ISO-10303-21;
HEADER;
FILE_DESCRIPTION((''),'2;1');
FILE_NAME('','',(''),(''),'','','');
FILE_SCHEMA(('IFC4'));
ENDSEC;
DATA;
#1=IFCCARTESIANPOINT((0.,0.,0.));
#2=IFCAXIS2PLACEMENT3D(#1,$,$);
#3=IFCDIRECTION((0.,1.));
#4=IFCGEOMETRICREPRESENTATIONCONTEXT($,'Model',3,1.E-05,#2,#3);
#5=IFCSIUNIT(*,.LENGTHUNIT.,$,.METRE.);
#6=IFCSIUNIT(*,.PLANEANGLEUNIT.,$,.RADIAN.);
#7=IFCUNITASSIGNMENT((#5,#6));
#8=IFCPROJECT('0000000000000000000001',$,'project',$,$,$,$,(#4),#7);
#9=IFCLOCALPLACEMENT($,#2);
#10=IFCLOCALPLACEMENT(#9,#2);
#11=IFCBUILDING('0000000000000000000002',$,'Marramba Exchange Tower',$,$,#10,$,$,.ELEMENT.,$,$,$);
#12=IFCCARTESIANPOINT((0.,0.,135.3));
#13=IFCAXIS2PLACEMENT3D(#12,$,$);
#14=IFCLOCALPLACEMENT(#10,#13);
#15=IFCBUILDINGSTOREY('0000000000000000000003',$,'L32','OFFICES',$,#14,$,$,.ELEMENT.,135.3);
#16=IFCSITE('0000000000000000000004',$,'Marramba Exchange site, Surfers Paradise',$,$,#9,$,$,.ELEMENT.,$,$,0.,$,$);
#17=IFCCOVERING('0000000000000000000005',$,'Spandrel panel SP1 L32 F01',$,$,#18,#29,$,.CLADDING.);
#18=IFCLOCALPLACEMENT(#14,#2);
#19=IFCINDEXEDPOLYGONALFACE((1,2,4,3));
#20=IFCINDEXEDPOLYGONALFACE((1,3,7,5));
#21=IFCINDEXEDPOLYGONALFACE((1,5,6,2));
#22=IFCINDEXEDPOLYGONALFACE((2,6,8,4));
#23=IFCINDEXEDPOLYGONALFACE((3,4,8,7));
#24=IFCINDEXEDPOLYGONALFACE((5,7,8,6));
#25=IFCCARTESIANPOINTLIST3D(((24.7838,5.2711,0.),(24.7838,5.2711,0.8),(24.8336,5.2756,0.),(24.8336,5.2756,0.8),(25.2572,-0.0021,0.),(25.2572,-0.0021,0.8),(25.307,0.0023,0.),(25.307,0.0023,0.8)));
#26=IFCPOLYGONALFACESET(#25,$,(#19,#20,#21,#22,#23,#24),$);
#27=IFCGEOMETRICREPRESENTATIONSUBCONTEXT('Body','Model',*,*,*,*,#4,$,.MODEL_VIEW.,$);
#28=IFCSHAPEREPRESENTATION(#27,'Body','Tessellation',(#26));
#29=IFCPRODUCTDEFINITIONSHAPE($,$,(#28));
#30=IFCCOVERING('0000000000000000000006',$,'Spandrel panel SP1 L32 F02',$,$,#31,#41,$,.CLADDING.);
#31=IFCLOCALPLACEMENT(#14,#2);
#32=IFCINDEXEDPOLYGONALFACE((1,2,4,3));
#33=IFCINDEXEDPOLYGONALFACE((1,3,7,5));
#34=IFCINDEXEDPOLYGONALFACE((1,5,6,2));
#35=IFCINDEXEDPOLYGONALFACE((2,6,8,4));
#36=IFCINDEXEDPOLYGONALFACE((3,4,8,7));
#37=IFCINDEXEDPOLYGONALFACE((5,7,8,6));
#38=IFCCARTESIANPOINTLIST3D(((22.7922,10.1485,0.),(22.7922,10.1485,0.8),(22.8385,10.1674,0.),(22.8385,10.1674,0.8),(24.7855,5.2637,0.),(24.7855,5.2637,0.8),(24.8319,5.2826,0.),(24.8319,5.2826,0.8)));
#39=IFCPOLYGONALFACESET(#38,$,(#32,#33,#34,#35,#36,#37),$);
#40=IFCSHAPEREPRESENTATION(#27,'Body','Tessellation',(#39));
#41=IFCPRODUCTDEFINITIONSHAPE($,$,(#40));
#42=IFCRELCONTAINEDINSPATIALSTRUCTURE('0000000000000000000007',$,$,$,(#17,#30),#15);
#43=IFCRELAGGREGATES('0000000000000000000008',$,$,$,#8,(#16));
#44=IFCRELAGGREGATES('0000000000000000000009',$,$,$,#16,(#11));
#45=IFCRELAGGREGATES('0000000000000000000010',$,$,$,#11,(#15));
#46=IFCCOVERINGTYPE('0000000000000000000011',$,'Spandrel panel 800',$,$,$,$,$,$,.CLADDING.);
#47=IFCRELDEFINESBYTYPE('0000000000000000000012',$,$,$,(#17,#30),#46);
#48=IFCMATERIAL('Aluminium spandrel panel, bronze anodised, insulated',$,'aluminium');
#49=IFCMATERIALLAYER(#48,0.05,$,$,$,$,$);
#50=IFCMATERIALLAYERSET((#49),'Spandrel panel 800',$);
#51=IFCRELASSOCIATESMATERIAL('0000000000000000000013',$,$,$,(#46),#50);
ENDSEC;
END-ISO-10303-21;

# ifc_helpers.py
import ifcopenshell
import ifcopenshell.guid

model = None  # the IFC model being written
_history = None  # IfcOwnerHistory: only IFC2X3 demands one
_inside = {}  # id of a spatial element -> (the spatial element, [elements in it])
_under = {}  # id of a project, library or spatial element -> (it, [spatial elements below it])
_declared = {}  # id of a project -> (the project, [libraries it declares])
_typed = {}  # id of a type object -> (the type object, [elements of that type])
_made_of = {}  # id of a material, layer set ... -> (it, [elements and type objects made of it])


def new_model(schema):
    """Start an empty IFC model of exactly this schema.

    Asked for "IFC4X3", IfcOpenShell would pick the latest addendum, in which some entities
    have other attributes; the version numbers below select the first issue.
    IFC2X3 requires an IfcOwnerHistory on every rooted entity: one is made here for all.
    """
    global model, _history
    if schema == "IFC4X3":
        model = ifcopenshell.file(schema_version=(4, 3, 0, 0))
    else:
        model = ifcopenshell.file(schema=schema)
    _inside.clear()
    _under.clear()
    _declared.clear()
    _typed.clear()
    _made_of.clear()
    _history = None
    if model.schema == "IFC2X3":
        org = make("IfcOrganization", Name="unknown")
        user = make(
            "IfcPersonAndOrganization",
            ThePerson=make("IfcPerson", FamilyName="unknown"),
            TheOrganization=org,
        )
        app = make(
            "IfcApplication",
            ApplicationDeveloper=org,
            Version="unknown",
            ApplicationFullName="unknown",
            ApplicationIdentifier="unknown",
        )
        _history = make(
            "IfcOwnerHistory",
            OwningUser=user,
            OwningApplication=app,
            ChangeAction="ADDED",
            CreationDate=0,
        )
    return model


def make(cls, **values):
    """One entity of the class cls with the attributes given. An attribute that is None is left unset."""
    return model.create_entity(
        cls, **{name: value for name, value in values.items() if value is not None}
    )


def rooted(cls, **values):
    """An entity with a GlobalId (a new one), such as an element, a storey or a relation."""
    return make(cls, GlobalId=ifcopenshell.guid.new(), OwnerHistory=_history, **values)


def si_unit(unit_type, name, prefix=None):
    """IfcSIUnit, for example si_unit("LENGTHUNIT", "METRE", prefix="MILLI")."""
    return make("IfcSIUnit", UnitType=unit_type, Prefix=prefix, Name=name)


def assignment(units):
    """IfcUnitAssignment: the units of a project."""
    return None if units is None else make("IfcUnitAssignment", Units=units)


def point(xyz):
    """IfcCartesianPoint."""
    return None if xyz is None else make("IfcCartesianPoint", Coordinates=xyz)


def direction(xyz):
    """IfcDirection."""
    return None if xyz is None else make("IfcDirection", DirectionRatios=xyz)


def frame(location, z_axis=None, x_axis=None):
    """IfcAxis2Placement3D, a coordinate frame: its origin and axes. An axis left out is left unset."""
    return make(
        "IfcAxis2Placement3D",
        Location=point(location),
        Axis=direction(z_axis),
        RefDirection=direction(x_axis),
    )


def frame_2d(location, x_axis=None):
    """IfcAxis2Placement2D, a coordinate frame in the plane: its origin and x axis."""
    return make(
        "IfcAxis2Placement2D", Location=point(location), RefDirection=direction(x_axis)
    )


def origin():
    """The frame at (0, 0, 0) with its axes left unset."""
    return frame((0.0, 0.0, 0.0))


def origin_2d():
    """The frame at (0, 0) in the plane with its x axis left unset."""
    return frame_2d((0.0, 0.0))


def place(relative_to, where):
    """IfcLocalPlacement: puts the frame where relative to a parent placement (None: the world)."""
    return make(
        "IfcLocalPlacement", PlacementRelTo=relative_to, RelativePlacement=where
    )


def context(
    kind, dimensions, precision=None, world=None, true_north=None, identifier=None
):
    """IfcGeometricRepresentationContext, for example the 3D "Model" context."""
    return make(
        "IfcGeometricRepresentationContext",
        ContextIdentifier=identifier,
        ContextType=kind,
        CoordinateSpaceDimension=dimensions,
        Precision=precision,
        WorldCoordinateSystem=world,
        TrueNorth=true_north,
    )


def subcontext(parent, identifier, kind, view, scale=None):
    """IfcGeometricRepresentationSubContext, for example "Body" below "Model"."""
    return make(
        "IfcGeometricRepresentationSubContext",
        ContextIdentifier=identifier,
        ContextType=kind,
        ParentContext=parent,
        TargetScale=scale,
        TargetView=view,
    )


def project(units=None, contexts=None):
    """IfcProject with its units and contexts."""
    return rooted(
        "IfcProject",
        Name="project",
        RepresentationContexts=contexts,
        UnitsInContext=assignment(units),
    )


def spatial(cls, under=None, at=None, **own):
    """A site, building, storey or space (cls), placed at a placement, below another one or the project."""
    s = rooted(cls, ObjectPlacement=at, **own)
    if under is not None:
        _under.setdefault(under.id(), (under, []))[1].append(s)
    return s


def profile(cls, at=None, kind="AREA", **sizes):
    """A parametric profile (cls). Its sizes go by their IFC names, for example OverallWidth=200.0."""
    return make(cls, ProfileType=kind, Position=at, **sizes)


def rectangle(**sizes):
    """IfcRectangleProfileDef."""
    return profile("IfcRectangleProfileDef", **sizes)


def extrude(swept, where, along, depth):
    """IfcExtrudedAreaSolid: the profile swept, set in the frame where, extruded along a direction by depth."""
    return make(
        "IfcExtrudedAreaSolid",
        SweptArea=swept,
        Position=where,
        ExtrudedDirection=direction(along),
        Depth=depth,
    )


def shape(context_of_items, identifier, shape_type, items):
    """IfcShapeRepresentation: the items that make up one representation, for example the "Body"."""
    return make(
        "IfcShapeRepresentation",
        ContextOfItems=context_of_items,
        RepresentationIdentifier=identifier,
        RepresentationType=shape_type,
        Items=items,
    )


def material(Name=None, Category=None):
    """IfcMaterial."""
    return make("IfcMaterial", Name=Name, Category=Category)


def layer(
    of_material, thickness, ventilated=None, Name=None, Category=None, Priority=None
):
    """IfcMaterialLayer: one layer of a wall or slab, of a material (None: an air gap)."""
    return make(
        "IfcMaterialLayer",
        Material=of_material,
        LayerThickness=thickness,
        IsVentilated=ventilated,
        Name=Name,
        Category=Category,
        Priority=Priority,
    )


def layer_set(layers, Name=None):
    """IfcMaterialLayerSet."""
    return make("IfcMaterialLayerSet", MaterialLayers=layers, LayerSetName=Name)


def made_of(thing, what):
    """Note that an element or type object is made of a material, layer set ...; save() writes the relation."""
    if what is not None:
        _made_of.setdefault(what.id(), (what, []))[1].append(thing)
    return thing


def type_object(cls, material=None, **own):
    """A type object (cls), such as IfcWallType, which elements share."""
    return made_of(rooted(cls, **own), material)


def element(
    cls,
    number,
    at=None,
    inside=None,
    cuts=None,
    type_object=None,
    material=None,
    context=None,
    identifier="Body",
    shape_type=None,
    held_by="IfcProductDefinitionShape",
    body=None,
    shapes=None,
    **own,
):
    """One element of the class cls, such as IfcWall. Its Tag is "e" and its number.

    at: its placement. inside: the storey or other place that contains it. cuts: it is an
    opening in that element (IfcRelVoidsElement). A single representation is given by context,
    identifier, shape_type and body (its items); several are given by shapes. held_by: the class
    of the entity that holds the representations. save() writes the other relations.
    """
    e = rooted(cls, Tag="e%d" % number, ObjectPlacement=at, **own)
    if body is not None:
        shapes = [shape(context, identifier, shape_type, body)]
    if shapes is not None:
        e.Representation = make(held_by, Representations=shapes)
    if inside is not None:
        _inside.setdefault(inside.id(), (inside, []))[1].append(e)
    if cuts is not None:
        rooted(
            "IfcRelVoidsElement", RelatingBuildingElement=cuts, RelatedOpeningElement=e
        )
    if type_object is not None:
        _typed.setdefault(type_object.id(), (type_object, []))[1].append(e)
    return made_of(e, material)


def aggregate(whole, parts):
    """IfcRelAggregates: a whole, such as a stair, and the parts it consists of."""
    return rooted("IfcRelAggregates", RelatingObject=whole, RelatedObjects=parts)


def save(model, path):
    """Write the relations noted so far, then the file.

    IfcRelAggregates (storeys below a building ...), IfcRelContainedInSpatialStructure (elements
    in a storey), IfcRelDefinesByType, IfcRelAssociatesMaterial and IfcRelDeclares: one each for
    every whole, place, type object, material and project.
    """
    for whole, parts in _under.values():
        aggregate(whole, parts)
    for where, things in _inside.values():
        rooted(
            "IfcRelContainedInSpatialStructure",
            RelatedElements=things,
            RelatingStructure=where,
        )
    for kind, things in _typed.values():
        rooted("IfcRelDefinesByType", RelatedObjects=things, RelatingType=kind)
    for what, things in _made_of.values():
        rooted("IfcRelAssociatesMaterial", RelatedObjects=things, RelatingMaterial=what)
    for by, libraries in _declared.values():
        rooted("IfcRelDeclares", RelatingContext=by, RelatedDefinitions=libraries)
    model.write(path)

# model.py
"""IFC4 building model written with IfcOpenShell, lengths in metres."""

from ifc_helpers import new_model, si_unit, direction, frame, origin, origin_2d, place, context, subcontext, project, spatial, rectangle, extrude, material, layer, layer_set, type_object, element, save


model = new_model("IFC4")

# Units and contexts
model_context = context("Model", 3, precision=1e-05, world=origin(), true_north=direction((0.0, 1.0)))
body_context = subcontext(model_context, "Body", "Model", "MODEL_VIEW")
ifc_project = project(units=[si_unit("LENGTHUNIT", "METRE"), si_unit("PLANEANGLEUNIT", "RADIAN")], contexts=[model_context])

# Site, building, storey
site_placement = place(None, origin())
site = spatial("IfcSite", under=ifc_project, at=site_placement, Name="Marramba Exchange site, Surfers Paradise", CompositionType="ELEMENT", RefElevation=0.0)
building_placement = place(site_placement, origin())
building = spatial("IfcBuilding", under=site, at=building_placement, Name="Marramba Exchange Tower", CompositionType="ELEMENT")
storey_placement = place(building_placement, frame((0.0, 0.0, 135.3)))
storey = spatial("IfcBuildingStorey", under=building, at=storey_placement, Name="L32", Description="OFFICES", CompositionType="ELEMENT", Elevation=135.3)

# Coverings
ifc_material_1 = material(Name="Aluminium spandrel panel, bronze anodised, insulated", Category="aluminium")
ifc_layer_1 = layer(ifc_material_1, 0.05)
ifc_layer_set_1 = layer_set([ifc_layer_1], Name="Spandrel panel 800")
covering_type = type_object("IfcCoveringType", Name="Spandrel panel 800", PredefinedType="CLADDING", material=ifc_layer_set_1)
covering_1_placement = place(storey_placement, frame((25.0454, 2.6367, 0.0), z_axis=(0.0, 0.0, 1.0), x_axis=(-0.089413, 0.995995, 0.0)))
element("IfcCovering", 1, at=covering_1_placement, inside=storey, type_object=covering_type, Name="Spandrel panel SP1 L32 F01", PredefinedType="CLADDING", context=body_context, shape_type="SweptSolid", body=[
    extrude(rectangle(XDim=5.2944, YDim=0.05, at=origin_2d()), origin(), (0.0, 0.0, 1.0), 0.8),
])
covering_2_placement = place(storey_placement, frame((23.812, 7.7156, 0.0), z_axis=(0.0, 0.0, 1.0), x_axis=(-0.377821, 0.925879, 0.0)))
element("IfcCovering", 2, at=covering_2_placement, inside=storey, type_object=covering_type, Name="Spandrel panel SP1 L32 F02", PredefinedType="CLADDING", context=body_context, shape_type="SweptSolid", body=[
    extrude(rectangle(XDim=5.2759, YDim=0.05, at=origin_2d()), origin(), (0.0, 0.0, 1.0), 0.8),
])

save(model, "model.ifc")
